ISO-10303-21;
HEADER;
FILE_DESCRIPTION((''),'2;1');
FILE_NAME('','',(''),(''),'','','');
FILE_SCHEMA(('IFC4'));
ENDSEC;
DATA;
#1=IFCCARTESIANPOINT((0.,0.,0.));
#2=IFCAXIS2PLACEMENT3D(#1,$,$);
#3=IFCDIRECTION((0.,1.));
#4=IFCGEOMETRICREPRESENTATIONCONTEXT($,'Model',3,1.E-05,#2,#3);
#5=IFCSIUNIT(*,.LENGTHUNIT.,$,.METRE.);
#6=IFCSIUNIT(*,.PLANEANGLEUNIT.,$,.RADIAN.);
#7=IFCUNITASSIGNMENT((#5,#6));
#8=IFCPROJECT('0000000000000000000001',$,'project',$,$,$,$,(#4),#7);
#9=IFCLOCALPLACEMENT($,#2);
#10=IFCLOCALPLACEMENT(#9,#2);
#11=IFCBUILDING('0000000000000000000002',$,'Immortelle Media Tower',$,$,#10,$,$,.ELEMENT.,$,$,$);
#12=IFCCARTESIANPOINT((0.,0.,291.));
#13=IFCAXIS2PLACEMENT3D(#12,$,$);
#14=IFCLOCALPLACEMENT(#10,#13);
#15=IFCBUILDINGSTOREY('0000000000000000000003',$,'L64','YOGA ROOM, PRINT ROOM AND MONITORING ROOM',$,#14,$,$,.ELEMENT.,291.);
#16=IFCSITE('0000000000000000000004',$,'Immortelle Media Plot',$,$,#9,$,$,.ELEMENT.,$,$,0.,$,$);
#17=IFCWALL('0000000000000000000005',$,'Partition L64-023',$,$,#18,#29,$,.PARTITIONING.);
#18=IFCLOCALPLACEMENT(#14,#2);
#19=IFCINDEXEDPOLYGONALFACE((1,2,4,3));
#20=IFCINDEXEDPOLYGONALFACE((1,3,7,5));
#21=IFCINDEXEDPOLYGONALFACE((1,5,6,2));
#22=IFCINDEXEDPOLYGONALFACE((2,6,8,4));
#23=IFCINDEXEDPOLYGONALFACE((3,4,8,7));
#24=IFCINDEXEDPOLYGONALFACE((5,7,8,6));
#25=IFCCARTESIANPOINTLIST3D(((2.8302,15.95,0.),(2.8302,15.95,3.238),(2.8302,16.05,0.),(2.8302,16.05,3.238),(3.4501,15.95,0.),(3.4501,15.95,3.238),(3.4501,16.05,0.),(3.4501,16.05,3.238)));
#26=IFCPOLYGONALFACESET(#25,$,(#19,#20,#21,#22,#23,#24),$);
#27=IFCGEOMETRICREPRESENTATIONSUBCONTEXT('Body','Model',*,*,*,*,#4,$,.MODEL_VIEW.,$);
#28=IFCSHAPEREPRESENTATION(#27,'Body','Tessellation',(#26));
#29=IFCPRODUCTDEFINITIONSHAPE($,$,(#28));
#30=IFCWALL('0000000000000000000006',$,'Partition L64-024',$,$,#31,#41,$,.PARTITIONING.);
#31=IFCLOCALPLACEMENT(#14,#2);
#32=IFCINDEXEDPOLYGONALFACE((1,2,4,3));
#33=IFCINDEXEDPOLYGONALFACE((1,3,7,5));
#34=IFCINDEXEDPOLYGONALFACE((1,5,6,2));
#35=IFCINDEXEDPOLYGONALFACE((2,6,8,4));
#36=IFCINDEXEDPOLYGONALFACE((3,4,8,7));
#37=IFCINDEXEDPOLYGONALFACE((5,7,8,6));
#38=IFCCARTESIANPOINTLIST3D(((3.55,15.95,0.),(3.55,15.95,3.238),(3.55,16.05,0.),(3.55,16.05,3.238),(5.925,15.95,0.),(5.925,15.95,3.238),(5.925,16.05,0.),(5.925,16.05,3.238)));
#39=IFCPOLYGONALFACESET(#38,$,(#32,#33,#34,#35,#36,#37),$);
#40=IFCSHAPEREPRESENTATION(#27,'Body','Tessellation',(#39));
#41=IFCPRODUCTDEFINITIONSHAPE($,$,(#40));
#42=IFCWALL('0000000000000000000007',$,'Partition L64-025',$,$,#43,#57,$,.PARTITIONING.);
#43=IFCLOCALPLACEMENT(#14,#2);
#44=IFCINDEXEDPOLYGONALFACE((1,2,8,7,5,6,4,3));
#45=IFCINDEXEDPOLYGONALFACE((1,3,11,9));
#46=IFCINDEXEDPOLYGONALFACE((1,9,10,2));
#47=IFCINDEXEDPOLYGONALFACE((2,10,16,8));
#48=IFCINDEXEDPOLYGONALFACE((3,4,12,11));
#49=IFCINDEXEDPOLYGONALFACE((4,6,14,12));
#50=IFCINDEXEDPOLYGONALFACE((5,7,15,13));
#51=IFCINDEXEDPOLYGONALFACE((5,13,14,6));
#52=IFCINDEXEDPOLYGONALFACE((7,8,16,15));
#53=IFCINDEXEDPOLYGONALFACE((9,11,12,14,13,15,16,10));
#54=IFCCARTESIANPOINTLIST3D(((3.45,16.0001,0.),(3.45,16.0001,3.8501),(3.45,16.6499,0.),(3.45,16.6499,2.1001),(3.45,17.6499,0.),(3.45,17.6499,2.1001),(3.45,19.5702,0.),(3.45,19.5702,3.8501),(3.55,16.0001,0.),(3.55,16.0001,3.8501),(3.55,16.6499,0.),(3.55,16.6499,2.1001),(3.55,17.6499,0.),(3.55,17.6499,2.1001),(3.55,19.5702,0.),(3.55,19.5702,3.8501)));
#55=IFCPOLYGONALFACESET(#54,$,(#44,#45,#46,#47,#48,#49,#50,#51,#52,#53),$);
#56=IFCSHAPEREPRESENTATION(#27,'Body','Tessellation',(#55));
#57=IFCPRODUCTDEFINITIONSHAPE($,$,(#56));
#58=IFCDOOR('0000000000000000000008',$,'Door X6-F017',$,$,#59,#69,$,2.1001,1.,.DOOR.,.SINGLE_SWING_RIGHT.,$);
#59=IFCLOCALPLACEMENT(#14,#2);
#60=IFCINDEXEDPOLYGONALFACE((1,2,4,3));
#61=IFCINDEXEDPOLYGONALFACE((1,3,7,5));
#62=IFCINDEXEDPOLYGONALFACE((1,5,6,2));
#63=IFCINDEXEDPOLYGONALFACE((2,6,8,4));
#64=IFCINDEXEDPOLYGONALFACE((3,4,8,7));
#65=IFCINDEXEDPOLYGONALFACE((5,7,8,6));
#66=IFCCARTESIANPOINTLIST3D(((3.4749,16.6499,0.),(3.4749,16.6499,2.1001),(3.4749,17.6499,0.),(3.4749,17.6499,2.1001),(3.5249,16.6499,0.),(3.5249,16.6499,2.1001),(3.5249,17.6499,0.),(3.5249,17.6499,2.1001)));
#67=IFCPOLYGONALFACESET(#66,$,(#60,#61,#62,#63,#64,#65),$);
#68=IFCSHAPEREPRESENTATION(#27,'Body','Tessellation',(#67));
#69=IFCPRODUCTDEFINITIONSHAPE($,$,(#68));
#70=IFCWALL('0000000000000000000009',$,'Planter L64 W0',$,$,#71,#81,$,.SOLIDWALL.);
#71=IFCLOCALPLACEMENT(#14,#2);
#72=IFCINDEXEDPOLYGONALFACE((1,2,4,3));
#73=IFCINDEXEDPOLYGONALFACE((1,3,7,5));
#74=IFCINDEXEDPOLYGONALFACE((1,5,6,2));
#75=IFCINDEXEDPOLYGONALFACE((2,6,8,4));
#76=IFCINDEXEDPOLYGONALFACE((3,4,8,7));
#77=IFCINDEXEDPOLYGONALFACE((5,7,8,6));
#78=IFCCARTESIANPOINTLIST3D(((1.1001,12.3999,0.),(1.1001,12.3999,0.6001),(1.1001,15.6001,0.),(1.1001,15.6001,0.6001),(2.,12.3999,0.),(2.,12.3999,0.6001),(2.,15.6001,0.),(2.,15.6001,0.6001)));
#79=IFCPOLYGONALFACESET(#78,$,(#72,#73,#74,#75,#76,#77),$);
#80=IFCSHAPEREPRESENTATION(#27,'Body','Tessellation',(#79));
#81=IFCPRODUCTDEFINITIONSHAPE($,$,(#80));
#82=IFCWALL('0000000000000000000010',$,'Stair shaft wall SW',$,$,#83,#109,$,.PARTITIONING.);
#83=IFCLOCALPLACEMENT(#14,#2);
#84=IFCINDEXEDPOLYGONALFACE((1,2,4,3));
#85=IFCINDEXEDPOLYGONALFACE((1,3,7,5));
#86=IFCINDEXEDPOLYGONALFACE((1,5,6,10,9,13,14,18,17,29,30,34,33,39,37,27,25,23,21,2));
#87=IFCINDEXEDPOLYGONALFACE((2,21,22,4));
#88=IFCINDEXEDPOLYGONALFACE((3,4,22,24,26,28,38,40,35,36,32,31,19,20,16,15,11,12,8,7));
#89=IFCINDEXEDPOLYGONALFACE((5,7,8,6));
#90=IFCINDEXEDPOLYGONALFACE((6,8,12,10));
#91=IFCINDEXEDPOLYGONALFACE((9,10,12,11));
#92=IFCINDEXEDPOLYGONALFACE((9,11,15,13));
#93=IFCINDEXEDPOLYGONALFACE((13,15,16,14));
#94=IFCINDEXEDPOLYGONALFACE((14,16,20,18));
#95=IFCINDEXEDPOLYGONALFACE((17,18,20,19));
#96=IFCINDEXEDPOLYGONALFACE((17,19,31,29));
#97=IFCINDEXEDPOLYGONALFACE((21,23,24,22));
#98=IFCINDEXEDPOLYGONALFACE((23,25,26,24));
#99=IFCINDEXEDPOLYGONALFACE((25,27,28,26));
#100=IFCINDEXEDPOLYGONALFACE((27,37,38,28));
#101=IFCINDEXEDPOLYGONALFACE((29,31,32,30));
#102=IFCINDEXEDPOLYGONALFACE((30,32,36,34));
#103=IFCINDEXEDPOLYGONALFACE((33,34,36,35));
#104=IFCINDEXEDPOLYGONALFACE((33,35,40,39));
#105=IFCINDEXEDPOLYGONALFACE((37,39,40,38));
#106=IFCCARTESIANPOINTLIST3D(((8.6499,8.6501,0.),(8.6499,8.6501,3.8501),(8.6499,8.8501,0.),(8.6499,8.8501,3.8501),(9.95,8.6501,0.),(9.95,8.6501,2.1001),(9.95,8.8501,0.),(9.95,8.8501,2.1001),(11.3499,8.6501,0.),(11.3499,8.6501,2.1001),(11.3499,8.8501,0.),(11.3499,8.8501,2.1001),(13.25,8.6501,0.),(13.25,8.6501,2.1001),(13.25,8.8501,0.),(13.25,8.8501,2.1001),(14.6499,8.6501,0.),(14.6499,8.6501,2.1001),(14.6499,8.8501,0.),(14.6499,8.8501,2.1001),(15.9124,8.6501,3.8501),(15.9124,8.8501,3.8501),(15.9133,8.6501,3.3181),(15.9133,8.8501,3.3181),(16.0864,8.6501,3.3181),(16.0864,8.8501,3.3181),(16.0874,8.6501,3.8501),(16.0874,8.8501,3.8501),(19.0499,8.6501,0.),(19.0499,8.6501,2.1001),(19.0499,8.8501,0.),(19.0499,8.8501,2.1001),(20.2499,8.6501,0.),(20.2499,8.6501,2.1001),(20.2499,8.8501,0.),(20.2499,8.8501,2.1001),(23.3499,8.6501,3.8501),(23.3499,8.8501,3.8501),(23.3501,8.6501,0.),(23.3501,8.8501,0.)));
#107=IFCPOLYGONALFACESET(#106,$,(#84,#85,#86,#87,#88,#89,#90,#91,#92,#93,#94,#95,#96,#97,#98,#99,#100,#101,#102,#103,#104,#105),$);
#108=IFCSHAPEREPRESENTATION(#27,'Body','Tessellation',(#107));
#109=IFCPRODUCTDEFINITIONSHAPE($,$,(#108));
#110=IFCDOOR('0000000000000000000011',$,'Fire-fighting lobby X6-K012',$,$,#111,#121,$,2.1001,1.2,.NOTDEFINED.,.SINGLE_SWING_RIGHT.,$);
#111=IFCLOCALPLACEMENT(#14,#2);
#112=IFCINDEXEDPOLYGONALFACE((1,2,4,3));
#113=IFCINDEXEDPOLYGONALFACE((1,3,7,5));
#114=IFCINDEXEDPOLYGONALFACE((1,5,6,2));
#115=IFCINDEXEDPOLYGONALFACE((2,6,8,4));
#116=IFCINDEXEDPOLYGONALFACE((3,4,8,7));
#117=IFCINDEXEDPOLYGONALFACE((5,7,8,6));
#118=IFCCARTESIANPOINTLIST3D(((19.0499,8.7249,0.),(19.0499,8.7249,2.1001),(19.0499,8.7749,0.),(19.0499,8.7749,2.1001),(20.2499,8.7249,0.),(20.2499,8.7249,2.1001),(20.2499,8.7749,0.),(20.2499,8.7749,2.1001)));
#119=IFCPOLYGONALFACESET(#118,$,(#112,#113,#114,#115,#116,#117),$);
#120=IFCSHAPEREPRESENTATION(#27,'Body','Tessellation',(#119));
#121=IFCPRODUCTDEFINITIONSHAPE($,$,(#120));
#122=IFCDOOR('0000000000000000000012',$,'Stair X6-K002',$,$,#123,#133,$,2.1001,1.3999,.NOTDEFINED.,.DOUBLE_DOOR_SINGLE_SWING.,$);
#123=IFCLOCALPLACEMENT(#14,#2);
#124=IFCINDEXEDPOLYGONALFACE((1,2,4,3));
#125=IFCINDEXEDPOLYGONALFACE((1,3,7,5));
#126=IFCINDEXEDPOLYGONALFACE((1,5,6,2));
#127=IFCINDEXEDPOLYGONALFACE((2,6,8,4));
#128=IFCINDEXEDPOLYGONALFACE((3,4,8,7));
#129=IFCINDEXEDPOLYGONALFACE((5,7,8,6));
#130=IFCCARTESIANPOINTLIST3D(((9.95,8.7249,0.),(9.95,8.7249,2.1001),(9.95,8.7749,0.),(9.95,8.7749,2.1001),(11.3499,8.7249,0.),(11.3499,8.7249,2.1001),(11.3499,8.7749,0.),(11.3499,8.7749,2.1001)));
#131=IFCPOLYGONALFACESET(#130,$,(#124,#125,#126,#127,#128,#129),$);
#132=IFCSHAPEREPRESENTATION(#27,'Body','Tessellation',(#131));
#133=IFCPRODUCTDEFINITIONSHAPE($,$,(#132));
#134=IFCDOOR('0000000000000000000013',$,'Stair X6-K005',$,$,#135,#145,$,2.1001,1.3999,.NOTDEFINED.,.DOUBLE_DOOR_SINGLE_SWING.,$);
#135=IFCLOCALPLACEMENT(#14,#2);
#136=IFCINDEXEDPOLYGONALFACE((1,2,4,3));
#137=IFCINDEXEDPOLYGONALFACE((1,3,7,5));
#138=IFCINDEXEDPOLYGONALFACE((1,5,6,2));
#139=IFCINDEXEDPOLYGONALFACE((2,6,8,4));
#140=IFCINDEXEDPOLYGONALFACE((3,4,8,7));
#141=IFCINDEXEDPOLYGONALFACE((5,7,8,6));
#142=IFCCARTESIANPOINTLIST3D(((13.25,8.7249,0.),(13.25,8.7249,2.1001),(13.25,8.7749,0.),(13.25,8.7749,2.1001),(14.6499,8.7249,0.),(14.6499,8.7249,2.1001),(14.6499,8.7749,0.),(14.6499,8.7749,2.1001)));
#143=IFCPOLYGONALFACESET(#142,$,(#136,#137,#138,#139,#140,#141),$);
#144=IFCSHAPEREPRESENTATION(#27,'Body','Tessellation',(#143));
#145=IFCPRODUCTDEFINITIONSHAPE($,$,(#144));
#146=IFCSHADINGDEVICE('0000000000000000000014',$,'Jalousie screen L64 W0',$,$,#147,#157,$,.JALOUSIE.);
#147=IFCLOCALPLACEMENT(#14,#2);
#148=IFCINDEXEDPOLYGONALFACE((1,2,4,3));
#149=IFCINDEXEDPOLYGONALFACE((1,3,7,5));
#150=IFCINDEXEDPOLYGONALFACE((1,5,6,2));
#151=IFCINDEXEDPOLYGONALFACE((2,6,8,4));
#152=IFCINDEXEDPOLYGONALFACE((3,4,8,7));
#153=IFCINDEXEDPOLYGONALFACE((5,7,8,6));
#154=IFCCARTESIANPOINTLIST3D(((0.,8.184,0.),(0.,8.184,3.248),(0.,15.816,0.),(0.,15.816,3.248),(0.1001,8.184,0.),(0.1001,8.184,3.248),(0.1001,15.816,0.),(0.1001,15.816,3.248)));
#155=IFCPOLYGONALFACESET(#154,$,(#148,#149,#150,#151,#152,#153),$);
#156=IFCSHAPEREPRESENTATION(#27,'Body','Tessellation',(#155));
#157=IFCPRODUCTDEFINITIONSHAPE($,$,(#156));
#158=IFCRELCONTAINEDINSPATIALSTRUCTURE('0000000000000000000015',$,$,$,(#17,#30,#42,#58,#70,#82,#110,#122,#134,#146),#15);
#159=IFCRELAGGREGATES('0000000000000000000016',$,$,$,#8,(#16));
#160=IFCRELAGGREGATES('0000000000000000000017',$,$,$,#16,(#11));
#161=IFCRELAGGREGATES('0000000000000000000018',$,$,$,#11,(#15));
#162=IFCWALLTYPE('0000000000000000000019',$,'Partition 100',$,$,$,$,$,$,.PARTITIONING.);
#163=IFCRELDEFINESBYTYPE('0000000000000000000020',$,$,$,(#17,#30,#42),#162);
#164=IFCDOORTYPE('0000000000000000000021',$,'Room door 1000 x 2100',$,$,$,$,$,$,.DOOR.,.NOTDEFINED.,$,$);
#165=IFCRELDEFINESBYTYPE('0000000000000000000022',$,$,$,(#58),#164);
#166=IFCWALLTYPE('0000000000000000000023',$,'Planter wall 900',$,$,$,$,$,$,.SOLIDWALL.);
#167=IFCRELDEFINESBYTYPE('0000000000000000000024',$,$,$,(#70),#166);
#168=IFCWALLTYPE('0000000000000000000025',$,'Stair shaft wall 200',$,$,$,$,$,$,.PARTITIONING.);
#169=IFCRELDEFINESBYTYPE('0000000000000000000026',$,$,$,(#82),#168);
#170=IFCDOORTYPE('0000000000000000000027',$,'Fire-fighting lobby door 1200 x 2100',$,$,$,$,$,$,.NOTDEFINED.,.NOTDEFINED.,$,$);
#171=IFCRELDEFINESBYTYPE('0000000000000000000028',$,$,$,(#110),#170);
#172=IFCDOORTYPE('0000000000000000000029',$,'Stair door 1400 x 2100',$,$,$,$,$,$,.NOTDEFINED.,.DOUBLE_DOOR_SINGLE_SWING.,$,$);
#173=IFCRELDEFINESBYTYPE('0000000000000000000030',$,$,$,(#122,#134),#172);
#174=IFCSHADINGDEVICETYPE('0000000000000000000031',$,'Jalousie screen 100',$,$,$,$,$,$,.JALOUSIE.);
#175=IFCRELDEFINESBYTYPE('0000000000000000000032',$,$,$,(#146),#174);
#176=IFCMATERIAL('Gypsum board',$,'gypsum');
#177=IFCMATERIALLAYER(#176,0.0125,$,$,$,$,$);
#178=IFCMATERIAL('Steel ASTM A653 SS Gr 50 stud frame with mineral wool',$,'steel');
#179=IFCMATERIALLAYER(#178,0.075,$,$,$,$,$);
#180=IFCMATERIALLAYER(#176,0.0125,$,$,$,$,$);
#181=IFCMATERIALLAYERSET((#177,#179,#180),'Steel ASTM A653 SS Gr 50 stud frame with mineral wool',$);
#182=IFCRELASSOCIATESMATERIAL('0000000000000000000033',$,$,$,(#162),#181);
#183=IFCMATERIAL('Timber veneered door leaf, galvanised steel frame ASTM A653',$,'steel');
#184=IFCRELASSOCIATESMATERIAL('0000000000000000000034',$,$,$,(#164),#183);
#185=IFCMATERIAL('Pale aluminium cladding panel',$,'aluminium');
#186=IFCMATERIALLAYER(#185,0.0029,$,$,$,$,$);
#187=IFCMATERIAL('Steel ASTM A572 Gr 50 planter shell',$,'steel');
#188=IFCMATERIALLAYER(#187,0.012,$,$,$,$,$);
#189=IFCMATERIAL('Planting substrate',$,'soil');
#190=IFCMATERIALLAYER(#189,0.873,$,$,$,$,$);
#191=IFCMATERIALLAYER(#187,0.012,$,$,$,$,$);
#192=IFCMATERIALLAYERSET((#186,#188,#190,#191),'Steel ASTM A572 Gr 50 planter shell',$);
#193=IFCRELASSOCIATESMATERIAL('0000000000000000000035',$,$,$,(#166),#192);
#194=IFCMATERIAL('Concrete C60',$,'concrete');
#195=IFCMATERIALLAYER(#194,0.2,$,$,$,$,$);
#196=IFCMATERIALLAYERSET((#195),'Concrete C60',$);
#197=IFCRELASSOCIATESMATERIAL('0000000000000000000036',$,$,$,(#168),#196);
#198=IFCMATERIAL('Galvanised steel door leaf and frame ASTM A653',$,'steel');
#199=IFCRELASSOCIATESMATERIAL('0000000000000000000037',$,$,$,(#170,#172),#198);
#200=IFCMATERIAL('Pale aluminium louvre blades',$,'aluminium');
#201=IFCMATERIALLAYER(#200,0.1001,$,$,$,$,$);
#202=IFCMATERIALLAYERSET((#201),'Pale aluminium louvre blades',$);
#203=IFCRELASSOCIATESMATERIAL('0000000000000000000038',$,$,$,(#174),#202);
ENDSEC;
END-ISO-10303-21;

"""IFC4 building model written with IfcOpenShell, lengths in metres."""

from ifc_helpers import new_model, si_unit, direction, frame, frame_2d, origin, origin_2d, place, context, subcontext, project, spatial, polyline, rectangle, outline, extrude, material, layer, layer_set, type_object, element, fill, save


model = new_model("IFC4")

# Units and contexts
model_context = context("Model", 3, precision=1e-05, world=origin(), true_north=direction((0.0, 1.0)))
body_context = subcontext(model_context, "Body", "Model", "MODEL_VIEW")
ifc_project = project(units=[si_unit("LENGTHUNIT", "METRE"), si_unit("PLANEANGLEUNIT", "RADIAN")], contexts=[model_context])

# Site, building, storey
site_placement = place(None, origin())
site = spatial("IfcSite", under=ifc_project, at=site_placement, Name="Immortelle Media Plot", CompositionType="ELEMENT", RefElevation=0.0)
building_placement = place(site_placement, origin())
building = spatial("IfcBuilding", under=site, at=building_placement, Name="Immortelle Media Tower", CompositionType="ELEMENT")
storey_placement = place(building_placement, frame((0.0, 0.0, 291.0)))
storey = spatial("IfcBuildingStorey", under=building, at=storey_placement, Name="L64", Description="YOGA ROOM, PRINT ROOM AND MONITORING ROOM", CompositionType="ELEMENT", Elevation=291.0)

# Shared definitions
ifc_material_1 = material(Name="Pale aluminium cladding panel", Category="aluminium")
ifc_material_2 = material(Name="Steel ASTM A653 SS Gr 50 stud frame with mineral wool", Category="steel")

# Walls
ifc_material_3 = material(Name="Gypsum board", Category="gypsum")
ifc_layer_1 = layer(ifc_material_3, 0.0125)
ifc_layer_2 = layer(ifc_material_2, 0.075)
ifc_layer_3 = layer(ifc_material_3, 0.0125)
ifc_layer_set_1 = layer_set([ifc_layer_1, ifc_layer_2, ifc_layer_3], Name="Steel ASTM A653 SS Gr 50 stud frame with mineral wool")
wall_type_1 = type_object("IfcWallType", Name="Partition 100", PredefinedType="PARTITIONING", material=ifc_layer_set_1)
wall_1_placement = place(storey_placement, frame((2.8301, 16.0, 0.0), z_axis=(0.0, 0.0, 1.0), x_axis=(1.0, 0.0, 0.0)))
element("IfcWall", 1, at=wall_1_placement, inside=storey, type_object=wall_type_1, Name="Partition L64-023", PredefinedType="PARTITIONING", context=body_context, shape_type="SweptSolid", body=[
    extrude(rectangle(XDim=0.6199, YDim=0.1001, at=frame_2d((0.3101, 0.0))), origin(), (0.0, 0.0, 1.0), 3.238),
])
wall_2_placement = place(storey_placement, frame((3.55, 16.0, 0.0), z_axis=(0.0, 0.0, 1.0), x_axis=(1.0, 0.0, 0.0)))
element("IfcWall", 2, at=wall_2_placement, inside=storey, type_object=wall_type_1, Name="Partition L64-024", PredefinedType="PARTITIONING", context=body_context, shape_type="SweptSolid", body=[
    extrude(rectangle(XDim=2.375, YDim=0.1001, at=frame_2d((1.1875, 0.0))), origin(), (0.0, 0.0, 1.0), 3.238),
])

# Wall, opening, door
wall_3_placement = place(storey_placement, frame((3.5, 16.0, 0.0), z_axis=(0.0, 0.0, 1.0), x_axis=(0.0, 1.0, 0.0)))
wall_3 = element("IfcWall", 3, at=wall_3_placement, inside=storey, type_object=wall_type_1, Name="Partition L64-025", PredefinedType="PARTITIONING", context=body_context, shape_type="SweptSolid", body=[
    extrude(rectangle(XDim=3.5701, YDim=0.1001, at=frame_2d((1.7852, 0.0))), origin(), (0.0, 0.0, 1.0), 3.8501),
])
opening_1_placement = place(wall_3_placement, frame((1.6499, 0.0, 0.0), z_axis=(0.0, 0.0, 1.0), x_axis=(-1.0, 0.0, 0.0)))
opening_1 = element("IfcOpeningElement", 4, at=opening_1_placement, cuts=wall_3, PredefinedType="OPENING", context=body_context, shape_type="SweptSolid", body=[
    extrude(rectangle(XDim=1.0, YDim=2.1001, at=frame_2d((0.5, 1.05))), frame((0.0, 0.0601, 0.0), z_axis=(0.0, -1.0, 0.0), x_axis=(1.0, 0.0, 0.0)), (0.0, 0.0, 1.0), 0.1201),
])
ifc_material_4 = material(Name="Timber veneered door leaf, galvanised steel frame ASTM A653", Category="steel")
door_type_1 = type_object("IfcDoorType", Name="Room door 1000 x 2100", OperationType="NOTDEFINED", PredefinedType="DOOR", material=ifc_material_4)
door_1_placement = place(opening_1_placement, origin())
door_1 = element("IfcDoor", 5, at=door_1_placement, inside=storey, type_object=door_type_1, Name="Door X6-F017", OperationType="SINGLE_SWING_RIGHT", OverallHeight=2.1001, OverallWidth=1.0, PredefinedType="DOOR", context=body_context, shape_type="SweptSolid", body=[
    extrude(rectangle(XDim=1.0, YDim=2.1001, at=frame_2d((0.5, 1.05))), frame((0.0, 0.0249, 0.0), z_axis=(0.0, -1.0, 0.0), x_axis=(1.0, 0.0, 0.0)), (0.0, 0.0, 1.0), 0.05),
])
fill(opening_1, door_1)

# Wall
ifc_layer_4 = layer(ifc_material_1, 0.0029)
ifc_material_5 = material(Name="Steel ASTM A572 Gr 50 planter shell", Category="steel")
ifc_layer_5 = layer(ifc_material_5, 0.012)
ifc_material_6 = material(Name="Planting substrate", Category="soil")
ifc_layer_6 = layer(ifc_material_6, 0.873)
ifc_layer_7 = layer(ifc_material_5, 0.012)
ifc_layer_set_2 = layer_set([ifc_layer_4, ifc_layer_5, ifc_layer_6, ifc_layer_7], Name="Steel ASTM A572 Gr 50 planter shell")
wall_type_2 = type_object("IfcWallType", Name="Planter wall 900", PredefinedType="SOLIDWALL", material=ifc_layer_set_2)
wall_4_placement = place(storey_placement, frame((1.55, 15.6001, 0.0), z_axis=(0.0, 0.0, 1.0), x_axis=(0.0, -1.0, 0.0)))
element("IfcWall", 6, at=wall_4_placement, inside=storey, type_object=wall_type_2, Name="Planter L64 W0", PredefinedType="SOLIDWALL", context=body_context, shape_type="SweptSolid", body=[
    extrude(rectangle(XDim=3.2002, YDim=0.8999, at=frame_2d((1.6001, 0.0))), origin(), (0.0, 0.0, 1.0), 0.6001),
])

# Wall, openings, doors
ifc_material_7 = material(Name="Concrete C60", Category="concrete")
ifc_layer_8 = layer(ifc_material_7, 0.2)
ifc_layer_set_3 = layer_set([ifc_layer_8], Name="Concrete C60")
wall_type_3 = type_object("IfcWallType", Name="Stair shaft wall 200", PredefinedType="PARTITIONING", material=ifc_layer_set_3)
wall_5_placement = place(storey_placement, frame((8.6499, 8.75, 0.0), z_axis=(0.0, 0.0, 1.0), x_axis=(1.0, 0.0, 0.0)))
wall_5 = element("IfcWall", 7, at=wall_5_placement, inside=storey, type_object=wall_type_3, Name="Stair shaft wall SW", PredefinedType="PARTITIONING", context=body_context, shape_type="SweptSolid", body=[
    extrude(outline(polyline([(0.0, 0.0), (14.7002, 0.0), (14.7, 3.8501), (7.4375, 3.8501), (7.4365, 3.3181), (7.2634, 3.3181), (7.2625, 3.8501), (0.0, 3.8501), (0.0, 0.0)])), frame((0.0, 0.1001, 0.0), z_axis=(0.0, -1.0, 0.0), x_axis=(1.0, 0.0, 0.0)), (0.0, 0.0, 1.0), 0.2),
])
opening_2_placement = place(wall_5_placement, frame((1.3, 0.0, 0.0)))
opening_2 = element("IfcOpeningElement", 8, at=opening_2_placement, cuts=wall_5, PredefinedType="OPENING", context=body_context, shape_type="SweptSolid", body=[
    extrude(rectangle(XDim=1.3999, YDim=2.1001, at=frame_2d((0.7, 1.05))), frame((0.0, 0.1099, 0.0), z_axis=(0.0, -1.0, 0.0), x_axis=(1.0, 0.0, 0.0)), (0.0, 0.0, 1.0), 0.22),
])
opening_3_placement = place(wall_5_placement, frame((4.6001, 0.0, 0.0)))
opening_3 = element("IfcOpeningElement", 9, at=opening_3_placement, cuts=wall_5, PredefinedType="OPENING", context=body_context, shape_type="SweptSolid", body=[
    extrude(rectangle(XDim=1.3999, YDim=2.1001, at=frame_2d((0.7, 1.05))), frame((0.0, 0.1099, 0.0), z_axis=(0.0, -1.0, 0.0), x_axis=(1.0, 0.0, 0.0)), (0.0, 0.0, 1.0), 0.22),
])
opening_4_placement = place(wall_5_placement, frame((10.3999, 0.0, 0.0)))
opening_4 = element("IfcOpeningElement", 10, at=opening_4_placement, cuts=wall_5, PredefinedType="OPENING", context=body_context, shape_type="SweptSolid", body=[
    extrude(rectangle(XDim=1.2, YDim=2.1001, at=frame_2d((0.6001, 1.05))), frame((0.0, 0.1099, 0.0), z_axis=(0.0, -1.0, 0.0), x_axis=(1.0, 0.0, 0.0)), (0.0, 0.0, 1.0), 0.22),
])
ifc_material_8 = material(Name="Galvanised steel door leaf and frame ASTM A653", Category="steel")
door_type_2 = type_object("IfcDoorType", Name="Fire-fighting lobby door 1200 x 2100", OperationType="NOTDEFINED", PredefinedType="NOTDEFINED", material=ifc_material_8)
door_2_placement = place(opening_4_placement, origin())
door_2 = element("IfcDoor", 11, at=door_2_placement, inside=storey, type_object=door_type_2, Name="Fire-fighting lobby X6-K012", OperationType="SINGLE_SWING_RIGHT", OverallHeight=2.1001, OverallWidth=1.2, PredefinedType="NOTDEFINED", context=body_context, shape_type="SweptSolid", body=[
    extrude(rectangle(XDim=1.2, YDim=2.1001, at=frame_2d((0.6001, 1.05))), frame((0.0, 0.0249, 0.0), z_axis=(0.0, -1.0, 0.0), x_axis=(1.0, 0.0, 0.0)), (0.0, 0.0, 1.0), 0.05),
])
fill(opening_4, door_2)
door_type_3 = type_object("IfcDoorType", Name="Stair door 1400 x 2100", OperationType="DOUBLE_DOOR_SINGLE_SWING", PredefinedType="NOTDEFINED", material=ifc_material_8)
door_3_placement = place(opening_2_placement, origin())
door_3 = element("IfcDoor", 12, at=door_3_placement, inside=storey, type_object=door_type_3, Name="Stair X6-K002", OperationType="DOUBLE_DOOR_SINGLE_SWING", OverallHeight=2.1001, OverallWidth=1.3999, PredefinedType="NOTDEFINED", context=body_context, shape_type="SweptSolid", body=[
    extrude(rectangle(XDim=1.3999, YDim=2.1001, at=frame_2d((0.7, 1.05))), frame((0.0, 0.0249, 0.0), z_axis=(0.0, -1.0, 0.0), x_axis=(1.0, 0.0, 0.0)), (0.0, 0.0, 1.0), 0.05),
])
fill(opening_2, door_3)
door_4_placement = place(opening_3_placement, origin())
door_4 = element("IfcDoor", 13, at=door_4_placement, inside=storey, type_object=door_type_3, Name="Stair X6-K005", OperationType="DOUBLE_DOOR_SINGLE_SWING", OverallHeight=2.1001, OverallWidth=1.3999, PredefinedType="NOTDEFINED", context=body_context, shape_type="SweptSolid", body=[
    extrude(rectangle(XDim=1.3999, YDim=2.1001, at=frame_2d((0.7, 1.05))), frame((0.0, 0.0249, 0.0), z_axis=(0.0, -1.0, 0.0), x_axis=(1.0, 0.0, 0.0)), (0.0, 0.0, 1.0), 0.05),
])
fill(opening_3, door_4)

# Shading device
ifc_material_9 = material(Name="Pale aluminium louvre blades", Category="aluminium")
ifc_layer_9 = layer(ifc_material_9, 0.1001)
ifc_layer_set_4 = layer_set([ifc_layer_9], Name="Pale aluminium louvre blades")
shading_device_type_1 = type_object("IfcShadingDeviceType", Name="Jalousie screen 100", PredefinedType="JALOUSIE", material=ifc_layer_set_4)
shading_device_1_placement = place(storey_placement, frame((0.05, 12.0, 0.0), z_axis=(0.0, 0.0, 1.0), x_axis=(0.0, -1.0, 0.0)))
element("IfcShadingDevice", 14, at=shading_device_1_placement, inside=storey, type_object=shading_device_type_1, Name="Jalousie screen L64 W0", PredefinedType="JALOUSIE", context=body_context, shape_type="SweptSolid", body=[
    extrude(rectangle(XDim=7.6321, YDim=0.1001, at=origin_2d()), origin(), (0.0, 0.0, 1.0), 3.248),
])

save(model, "model.ifc")
